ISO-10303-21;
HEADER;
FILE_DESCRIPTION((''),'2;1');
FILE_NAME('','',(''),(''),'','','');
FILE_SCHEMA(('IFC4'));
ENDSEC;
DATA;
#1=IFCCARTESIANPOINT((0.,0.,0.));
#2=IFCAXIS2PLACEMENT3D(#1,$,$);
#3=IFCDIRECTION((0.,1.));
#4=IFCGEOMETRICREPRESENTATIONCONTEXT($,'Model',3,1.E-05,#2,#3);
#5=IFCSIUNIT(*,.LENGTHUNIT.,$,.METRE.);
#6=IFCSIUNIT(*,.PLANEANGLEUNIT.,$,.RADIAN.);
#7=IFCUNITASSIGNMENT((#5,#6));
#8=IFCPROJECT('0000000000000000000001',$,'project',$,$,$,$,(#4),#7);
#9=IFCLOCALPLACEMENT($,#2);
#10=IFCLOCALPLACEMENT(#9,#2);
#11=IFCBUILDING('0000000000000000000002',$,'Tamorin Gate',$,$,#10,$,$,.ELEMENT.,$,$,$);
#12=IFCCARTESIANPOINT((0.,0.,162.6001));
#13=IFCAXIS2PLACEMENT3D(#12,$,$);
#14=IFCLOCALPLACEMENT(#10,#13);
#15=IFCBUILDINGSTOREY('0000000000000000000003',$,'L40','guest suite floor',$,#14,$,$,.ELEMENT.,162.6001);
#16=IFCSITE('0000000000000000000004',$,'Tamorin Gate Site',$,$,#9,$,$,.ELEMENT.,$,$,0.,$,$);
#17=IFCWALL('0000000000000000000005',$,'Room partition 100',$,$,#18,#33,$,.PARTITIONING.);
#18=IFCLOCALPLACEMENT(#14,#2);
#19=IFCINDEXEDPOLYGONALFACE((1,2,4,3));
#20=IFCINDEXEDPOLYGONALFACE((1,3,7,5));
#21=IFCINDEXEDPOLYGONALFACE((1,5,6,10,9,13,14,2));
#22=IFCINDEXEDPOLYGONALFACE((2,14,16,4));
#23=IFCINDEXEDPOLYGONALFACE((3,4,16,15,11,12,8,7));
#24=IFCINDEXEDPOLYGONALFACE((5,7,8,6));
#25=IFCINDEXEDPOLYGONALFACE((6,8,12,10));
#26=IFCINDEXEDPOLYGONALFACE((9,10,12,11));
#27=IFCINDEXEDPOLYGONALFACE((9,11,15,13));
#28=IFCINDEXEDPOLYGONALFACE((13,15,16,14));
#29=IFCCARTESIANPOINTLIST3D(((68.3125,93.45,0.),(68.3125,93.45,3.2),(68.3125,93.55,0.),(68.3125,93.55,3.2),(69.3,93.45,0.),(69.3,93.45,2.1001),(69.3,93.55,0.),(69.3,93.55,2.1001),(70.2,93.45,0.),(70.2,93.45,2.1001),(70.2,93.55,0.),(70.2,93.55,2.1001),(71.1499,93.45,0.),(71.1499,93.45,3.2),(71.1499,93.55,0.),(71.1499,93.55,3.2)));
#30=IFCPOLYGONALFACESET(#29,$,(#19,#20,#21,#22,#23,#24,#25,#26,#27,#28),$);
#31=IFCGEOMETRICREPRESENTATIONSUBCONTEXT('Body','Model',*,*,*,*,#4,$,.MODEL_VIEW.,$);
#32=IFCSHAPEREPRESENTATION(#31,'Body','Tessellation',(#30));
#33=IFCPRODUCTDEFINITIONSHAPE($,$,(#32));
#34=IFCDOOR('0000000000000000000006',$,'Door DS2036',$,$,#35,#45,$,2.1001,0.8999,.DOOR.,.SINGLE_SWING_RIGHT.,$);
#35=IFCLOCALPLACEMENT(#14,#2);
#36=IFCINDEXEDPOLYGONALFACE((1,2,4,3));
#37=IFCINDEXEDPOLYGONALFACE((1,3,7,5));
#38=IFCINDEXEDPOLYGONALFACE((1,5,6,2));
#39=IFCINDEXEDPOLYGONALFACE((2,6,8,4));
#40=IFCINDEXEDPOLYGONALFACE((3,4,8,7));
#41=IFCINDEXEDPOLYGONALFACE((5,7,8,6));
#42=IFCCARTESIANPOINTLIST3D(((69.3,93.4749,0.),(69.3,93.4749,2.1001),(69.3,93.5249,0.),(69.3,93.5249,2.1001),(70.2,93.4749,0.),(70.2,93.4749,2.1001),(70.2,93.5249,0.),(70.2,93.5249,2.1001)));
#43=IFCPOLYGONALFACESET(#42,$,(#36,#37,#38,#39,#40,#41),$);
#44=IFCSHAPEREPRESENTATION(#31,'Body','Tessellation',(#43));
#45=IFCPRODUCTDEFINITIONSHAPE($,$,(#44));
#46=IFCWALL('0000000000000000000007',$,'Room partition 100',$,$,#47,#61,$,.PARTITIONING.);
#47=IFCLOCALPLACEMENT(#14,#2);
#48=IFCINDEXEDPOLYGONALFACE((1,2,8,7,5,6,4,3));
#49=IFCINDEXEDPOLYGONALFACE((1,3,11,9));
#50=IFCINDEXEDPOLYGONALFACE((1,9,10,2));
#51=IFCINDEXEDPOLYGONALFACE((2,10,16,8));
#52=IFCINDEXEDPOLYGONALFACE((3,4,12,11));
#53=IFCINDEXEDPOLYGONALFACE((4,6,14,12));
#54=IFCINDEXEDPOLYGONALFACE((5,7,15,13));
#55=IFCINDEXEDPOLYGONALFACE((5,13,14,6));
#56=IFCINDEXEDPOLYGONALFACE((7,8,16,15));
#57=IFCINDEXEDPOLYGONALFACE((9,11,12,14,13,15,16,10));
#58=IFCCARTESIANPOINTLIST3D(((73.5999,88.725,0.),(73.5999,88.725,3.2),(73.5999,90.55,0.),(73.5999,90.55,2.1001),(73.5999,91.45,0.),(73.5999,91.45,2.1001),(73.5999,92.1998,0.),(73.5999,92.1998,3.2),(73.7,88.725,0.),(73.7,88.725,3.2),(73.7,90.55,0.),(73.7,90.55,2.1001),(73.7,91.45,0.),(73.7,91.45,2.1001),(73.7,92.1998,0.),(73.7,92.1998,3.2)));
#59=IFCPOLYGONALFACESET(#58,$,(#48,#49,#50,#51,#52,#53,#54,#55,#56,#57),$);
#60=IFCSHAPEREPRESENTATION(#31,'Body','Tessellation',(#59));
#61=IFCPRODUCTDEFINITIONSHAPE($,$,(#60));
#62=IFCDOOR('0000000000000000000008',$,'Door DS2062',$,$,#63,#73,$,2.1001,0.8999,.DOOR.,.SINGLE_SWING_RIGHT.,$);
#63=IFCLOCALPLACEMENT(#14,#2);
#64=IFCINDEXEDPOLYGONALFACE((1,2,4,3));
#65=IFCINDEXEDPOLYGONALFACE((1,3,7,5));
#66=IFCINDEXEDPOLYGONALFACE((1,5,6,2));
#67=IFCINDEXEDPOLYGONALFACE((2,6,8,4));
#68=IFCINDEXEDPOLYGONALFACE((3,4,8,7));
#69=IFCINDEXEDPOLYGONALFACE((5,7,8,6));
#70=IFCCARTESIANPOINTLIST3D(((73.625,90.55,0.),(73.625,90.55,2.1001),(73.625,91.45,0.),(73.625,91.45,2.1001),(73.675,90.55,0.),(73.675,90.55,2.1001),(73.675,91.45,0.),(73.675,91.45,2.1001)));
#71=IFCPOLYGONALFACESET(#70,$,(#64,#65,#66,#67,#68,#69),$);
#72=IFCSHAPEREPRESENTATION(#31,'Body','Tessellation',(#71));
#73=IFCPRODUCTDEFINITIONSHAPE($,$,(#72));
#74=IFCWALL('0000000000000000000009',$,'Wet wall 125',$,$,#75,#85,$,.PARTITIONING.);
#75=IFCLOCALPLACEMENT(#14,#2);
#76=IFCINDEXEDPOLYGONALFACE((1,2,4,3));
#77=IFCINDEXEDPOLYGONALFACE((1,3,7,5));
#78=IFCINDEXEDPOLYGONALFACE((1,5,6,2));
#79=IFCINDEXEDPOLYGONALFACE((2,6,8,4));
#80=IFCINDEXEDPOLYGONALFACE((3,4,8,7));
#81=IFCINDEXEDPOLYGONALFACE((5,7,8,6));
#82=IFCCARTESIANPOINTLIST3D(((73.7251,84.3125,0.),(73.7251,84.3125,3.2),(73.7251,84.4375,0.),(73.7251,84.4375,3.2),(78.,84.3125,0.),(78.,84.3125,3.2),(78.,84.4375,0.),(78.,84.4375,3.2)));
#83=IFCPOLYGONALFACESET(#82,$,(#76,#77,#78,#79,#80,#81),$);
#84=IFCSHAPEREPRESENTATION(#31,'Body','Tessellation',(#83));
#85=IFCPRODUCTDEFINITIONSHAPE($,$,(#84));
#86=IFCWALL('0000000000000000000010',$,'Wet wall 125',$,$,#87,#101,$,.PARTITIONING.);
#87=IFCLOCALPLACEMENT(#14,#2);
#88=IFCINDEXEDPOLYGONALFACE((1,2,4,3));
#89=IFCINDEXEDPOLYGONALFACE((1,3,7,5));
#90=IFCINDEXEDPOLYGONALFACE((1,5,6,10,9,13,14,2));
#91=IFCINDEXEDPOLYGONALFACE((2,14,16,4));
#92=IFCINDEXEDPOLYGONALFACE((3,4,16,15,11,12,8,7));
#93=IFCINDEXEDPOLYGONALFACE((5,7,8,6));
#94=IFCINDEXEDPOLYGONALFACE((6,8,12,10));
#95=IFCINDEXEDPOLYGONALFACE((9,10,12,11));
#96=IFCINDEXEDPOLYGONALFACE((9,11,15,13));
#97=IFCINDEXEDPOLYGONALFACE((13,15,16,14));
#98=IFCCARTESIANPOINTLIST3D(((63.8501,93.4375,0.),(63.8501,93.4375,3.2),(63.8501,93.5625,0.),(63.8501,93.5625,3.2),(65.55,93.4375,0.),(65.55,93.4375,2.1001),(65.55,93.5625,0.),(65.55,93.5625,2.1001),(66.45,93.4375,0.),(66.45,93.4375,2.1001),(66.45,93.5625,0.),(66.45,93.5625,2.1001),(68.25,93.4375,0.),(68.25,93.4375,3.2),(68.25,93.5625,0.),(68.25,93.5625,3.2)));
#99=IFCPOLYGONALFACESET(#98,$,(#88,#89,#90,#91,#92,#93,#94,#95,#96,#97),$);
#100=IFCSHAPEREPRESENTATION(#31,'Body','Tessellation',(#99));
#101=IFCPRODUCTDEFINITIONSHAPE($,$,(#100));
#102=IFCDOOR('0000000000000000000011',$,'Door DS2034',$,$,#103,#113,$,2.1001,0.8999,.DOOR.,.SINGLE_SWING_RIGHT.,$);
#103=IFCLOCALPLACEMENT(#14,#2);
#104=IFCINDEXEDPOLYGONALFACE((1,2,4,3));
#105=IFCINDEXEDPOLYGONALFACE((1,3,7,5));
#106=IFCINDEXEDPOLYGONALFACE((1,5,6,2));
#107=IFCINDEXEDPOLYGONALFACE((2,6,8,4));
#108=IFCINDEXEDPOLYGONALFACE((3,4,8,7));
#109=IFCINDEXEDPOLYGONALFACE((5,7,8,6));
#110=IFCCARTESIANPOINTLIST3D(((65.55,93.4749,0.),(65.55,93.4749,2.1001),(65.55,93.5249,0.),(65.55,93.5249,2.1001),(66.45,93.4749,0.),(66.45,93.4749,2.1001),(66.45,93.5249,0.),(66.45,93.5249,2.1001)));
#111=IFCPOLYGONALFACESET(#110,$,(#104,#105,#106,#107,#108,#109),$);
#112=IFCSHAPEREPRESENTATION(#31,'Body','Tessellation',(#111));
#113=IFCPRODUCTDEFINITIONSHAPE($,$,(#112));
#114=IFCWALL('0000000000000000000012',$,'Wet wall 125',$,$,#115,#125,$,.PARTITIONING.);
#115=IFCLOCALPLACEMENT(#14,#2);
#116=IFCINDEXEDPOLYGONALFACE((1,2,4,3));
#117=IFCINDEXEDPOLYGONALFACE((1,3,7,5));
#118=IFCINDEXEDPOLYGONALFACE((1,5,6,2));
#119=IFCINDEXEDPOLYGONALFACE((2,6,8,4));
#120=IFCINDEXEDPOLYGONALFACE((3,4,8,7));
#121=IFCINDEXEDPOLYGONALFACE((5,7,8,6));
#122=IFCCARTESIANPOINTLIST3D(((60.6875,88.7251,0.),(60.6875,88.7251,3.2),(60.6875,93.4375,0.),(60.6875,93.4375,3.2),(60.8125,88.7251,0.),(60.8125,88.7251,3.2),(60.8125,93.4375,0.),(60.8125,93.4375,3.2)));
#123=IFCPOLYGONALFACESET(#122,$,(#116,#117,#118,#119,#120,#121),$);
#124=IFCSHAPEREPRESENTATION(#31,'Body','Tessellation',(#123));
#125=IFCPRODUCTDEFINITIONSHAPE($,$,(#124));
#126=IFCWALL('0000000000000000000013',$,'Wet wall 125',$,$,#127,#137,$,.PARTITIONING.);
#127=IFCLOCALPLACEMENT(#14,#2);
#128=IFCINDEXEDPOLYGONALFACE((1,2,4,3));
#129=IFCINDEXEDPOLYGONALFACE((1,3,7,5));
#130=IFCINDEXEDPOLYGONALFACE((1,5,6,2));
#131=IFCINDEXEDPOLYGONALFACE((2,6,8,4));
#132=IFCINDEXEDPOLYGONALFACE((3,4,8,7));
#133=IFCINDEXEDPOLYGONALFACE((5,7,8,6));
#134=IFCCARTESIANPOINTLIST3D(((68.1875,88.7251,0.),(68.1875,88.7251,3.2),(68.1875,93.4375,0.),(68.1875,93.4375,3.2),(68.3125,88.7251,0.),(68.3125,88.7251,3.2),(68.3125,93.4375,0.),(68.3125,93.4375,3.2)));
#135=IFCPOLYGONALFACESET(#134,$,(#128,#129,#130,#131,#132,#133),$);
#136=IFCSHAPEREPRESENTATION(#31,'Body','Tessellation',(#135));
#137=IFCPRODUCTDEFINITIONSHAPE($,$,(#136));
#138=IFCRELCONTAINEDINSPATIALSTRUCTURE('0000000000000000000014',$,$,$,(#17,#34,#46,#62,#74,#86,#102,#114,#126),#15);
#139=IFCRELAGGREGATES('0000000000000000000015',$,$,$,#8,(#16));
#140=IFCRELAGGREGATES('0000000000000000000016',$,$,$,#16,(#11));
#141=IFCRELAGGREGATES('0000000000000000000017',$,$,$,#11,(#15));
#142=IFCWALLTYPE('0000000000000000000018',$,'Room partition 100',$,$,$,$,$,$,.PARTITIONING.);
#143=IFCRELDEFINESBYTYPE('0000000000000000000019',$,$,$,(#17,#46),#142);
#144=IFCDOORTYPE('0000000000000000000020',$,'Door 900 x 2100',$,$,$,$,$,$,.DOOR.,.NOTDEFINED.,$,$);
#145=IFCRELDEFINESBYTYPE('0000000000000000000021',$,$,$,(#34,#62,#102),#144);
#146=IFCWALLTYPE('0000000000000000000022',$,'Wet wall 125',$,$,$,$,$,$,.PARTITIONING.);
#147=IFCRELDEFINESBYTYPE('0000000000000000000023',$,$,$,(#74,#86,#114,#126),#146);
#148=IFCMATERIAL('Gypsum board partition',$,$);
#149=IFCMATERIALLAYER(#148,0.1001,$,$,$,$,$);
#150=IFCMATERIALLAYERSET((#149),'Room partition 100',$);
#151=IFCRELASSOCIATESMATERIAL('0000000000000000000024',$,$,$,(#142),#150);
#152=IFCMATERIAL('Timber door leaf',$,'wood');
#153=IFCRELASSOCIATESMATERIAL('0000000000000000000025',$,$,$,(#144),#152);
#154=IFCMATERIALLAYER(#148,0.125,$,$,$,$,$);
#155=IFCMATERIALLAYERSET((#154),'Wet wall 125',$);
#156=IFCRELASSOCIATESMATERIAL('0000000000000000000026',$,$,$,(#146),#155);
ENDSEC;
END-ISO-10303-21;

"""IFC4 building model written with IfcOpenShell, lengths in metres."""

from ifc_helpers import new_model, si_unit, direction, frame, frame_2d, origin, place, context, subcontext, project, spatial, rectangle, extrude, material, layer, layer_set, type_object, element, fill, save


model = new_model("IFC4")

# Units and contexts
model_context = context("Model", 3, precision=1e-05, world=origin(), true_north=direction((0.0, 1.0)))
body_context = subcontext(model_context, "Body", "Model", "MODEL_VIEW")
ifc_project = project(units=[si_unit("LENGTHUNIT", "METRE"), si_unit("PLANEANGLEUNIT", "RADIAN")], contexts=[model_context])

# Site, building, storey
site_placement = place(None, origin())
site = spatial("IfcSite", under=ifc_project, at=site_placement, Name="Tamorin Gate Site", CompositionType="ELEMENT", RefElevation=0.0)
building_placement = place(site_placement, origin())
building = spatial("IfcBuilding", under=site, at=building_placement, Name="Tamorin Gate", CompositionType="ELEMENT")
storey_placement = place(building_placement, frame((0.0, 0.0, 162.6001)))
storey = spatial("IfcBuildingStorey", under=building, at=storey_placement, Name="L40", Description="guest suite floor", CompositionType="ELEMENT", Elevation=162.6001)

# Shared definitions
ifc_material_1 = material(Name="Gypsum board partition")

# Walls, openings, doors
ifc_layer_1 = layer(ifc_material_1, 0.1001)
ifc_layer_set_1 = layer_set([ifc_layer_1], Name="Room partition 100")
wall_type_1 = type_object("IfcWallType", Name="Room partition 100", PredefinedType="PARTITIONING", material=ifc_layer_set_1)
ifc_material_2 = material(Name="Timber door leaf", Category="wood")
door_type = type_object("IfcDoorType", Name="Door 900 x 2100", OperationType="NOTDEFINED", PredefinedType="DOOR", material=ifc_material_2)
wall_1_placement = place(storey_placement, frame((68.3125, 93.5, 0.0), z_axis=(0.0, 0.0, 1.0), x_axis=(1.0, 0.0, 0.0)))
wall_1 = element("IfcWall", 1, at=wall_1_placement, inside=storey, type_object=wall_type_1, Name="Room partition 100", PredefinedType="PARTITIONING", context=body_context, shape_type="SweptSolid", body=[
    extrude(rectangle(XDim=2.8374, YDim=0.1001, at=frame_2d((1.4187, 0.0))), origin(), (0.0, 0.0, 1.0), 3.2),
])
opening_1_placement = place(wall_1_placement, frame((0.9875, 0.0, 0.0)))
opening_1 = element("IfcOpeningElement", 2, at=opening_1_placement, cuts=wall_1, PredefinedType="OPENING", context=body_context, shape_type="SweptSolid", body=[
    extrude(rectangle(XDim=0.8999, YDim=2.1001, at=frame_2d((0.45, 1.05))), frame((0.0, 0.0601, 0.0), z_axis=(0.0, -1.0, 0.0), x_axis=(1.0, 0.0, 0.0)), (0.0, 0.0, 1.0), 0.1201),
])
door_1_placement = place(opening_1_placement, origin())
door_1 = element("IfcDoor", 3, at=door_1_placement, inside=storey, type_object=door_type, Name="Door DS2036", OperationType="SINGLE_SWING_RIGHT", OverallHeight=2.1001, OverallWidth=0.8999, PredefinedType="DOOR", context=body_context, shape_type="SweptSolid", body=[
    extrude(rectangle(XDim=0.8999, YDim=2.1001, at=frame_2d((0.45, 1.05))), frame((0.0, 0.0249, 0.0), z_axis=(0.0, -1.0, 0.0), x_axis=(1.0, 0.0, 0.0)), (0.0, 0.0, 1.0), 0.05),
])
fill(opening_1, door_1)
wall_2_placement = place(storey_placement, frame((73.6499, 88.7251, 0.0), z_axis=(0.0, 0.0, 1.0), x_axis=(0.0, 1.0, 0.0)))
wall_2 = element("IfcWall", 4, at=wall_2_placement, inside=storey, type_object=wall_type_1, Name="Room partition 100", PredefinedType="PARTITIONING", context=body_context, shape_type="SweptSolid", body=[
    extrude(rectangle(XDim=3.4749, YDim=0.1001, at=frame_2d((1.7373, 0.0))), origin(), (0.0, 0.0, 1.0), 3.2),
])
opening_2_placement = place(wall_2_placement, frame((1.825, 0.0, 0.0)))
opening_2 = element("IfcOpeningElement", 5, at=opening_2_placement, cuts=wall_2, PredefinedType="OPENING", context=body_context, shape_type="SweptSolid", body=[
    extrude(rectangle(XDim=0.8999, YDim=2.1001, at=frame_2d((0.45, 1.05))), frame((0.0, 0.0601, 0.0), z_axis=(0.0, -1.0, 0.0), x_axis=(1.0, 0.0, 0.0)), (0.0, 0.0, 1.0), 0.1201),
])
door_2_placement = place(opening_2_placement, origin())
door_2 = element("IfcDoor", 6, at=door_2_placement, inside=storey, type_object=door_type, Name="Door DS2062", OperationType="SINGLE_SWING_RIGHT", OverallHeight=2.1001, OverallWidth=0.8999, PredefinedType="DOOR", context=body_context, shape_type="SweptSolid", body=[
    extrude(rectangle(XDim=0.8999, YDim=2.1001, at=frame_2d((0.45, 1.05))), frame((0.0, 0.0249, 0.0), z_axis=(0.0, -1.0, 0.0), x_axis=(1.0, 0.0, 0.0)), (0.0, 0.0, 1.0), 0.05),
])
fill(opening_2, door_2)

# Wall
ifc_layer_2 = layer(ifc_material_1, 0.125)
ifc_layer_set_2 = layer_set([ifc_layer_2], Name="Wet wall 125")
wall_type_2 = type_object("IfcWallType", Name="Wet wall 125", PredefinedType="PARTITIONING", material=ifc_layer_set_2)
wall_3_placement = place(storey_placement, frame((73.7251, 84.375, 0.0), z_axis=(0.0, 0.0, 1.0), x_axis=(1.0, 0.0, 0.0)))
element("IfcWall", 7, at=wall_3_placement, inside=storey, type_object=wall_type_2, Name="Wet wall 125", PredefinedType="PARTITIONING", context=body_context, shape_type="SweptSolid", body=[
    extrude(rectangle(XDim=4.2749, YDim=0.125, at=frame_2d((2.1375, 0.0))), origin(), (0.0, 0.0, 1.0), 3.2),
])

# Wall, opening, door
wall_4_placement = place(storey_placement, frame((63.8501, 93.5, 0.0), z_axis=(0.0, 0.0, 1.0), x_axis=(1.0, 0.0, 0.0)))
wall_4 = element("IfcWall", 8, at=wall_4_placement, inside=storey, type_object=wall_type_2, Name="Wet wall 125", PredefinedType="PARTITIONING", context=body_context, shape_type="SweptSolid", body=[
    extrude(rectangle(XDim=4.3999, YDim=0.125, at=frame_2d((2.2, 0.0))), origin(), (0.0, 0.0, 1.0), 3.2),
])
opening_3_placement = place(wall_4_placement, frame((1.7, 0.0, 0.0)))
opening_3 = element("IfcOpeningElement", 9, at=opening_3_placement, cuts=wall_4, PredefinedType="OPENING", context=body_context, shape_type="SweptSolid", body=[
    extrude(rectangle(XDim=0.8999, YDim=2.1001, at=frame_2d((0.45, 1.05))), frame((0.0, 0.0725, 0.0), z_axis=(0.0, -1.0, 0.0), x_axis=(1.0, 0.0, 0.0)), (0.0, 0.0, 1.0), 0.145),
])
door_3_placement = place(opening_3_placement, origin())
door_3 = element("IfcDoor", 10, at=door_3_placement, inside=storey, type_object=door_type, Name="Door DS2034", OperationType="SINGLE_SWING_RIGHT", OverallHeight=2.1001, OverallWidth=0.8999, PredefinedType="DOOR", context=body_context, shape_type="SweptSolid", body=[
    extrude(rectangle(XDim=0.8999, YDim=2.1001, at=frame_2d((0.45, 1.05))), frame((0.0, 0.0249, 0.0), z_axis=(0.0, -1.0, 0.0), x_axis=(1.0, 0.0, 0.0)), (0.0, 0.0, 1.0), 0.05),
])
fill(opening_3, door_3)

# Walls
for number, where, z_axis, x_axis, name in (
    (11, (60.75, 88.7251, 0.0), (0.0, 0.0, 1.0), (0.0, 1.0, 0.0), "Wet wall 125"),
    (12, (68.25, 88.7251, 0.0), (0.0, 0.0, 1.0), (0.0, 1.0, 0.0), "Wet wall 125"),
):
    element("IfcWall", number, at=place(storey_placement, frame(where, z_axis=z_axis, x_axis=x_axis)), inside=storey, type_object=wall_type_2, Name=name, PredefinedType="PARTITIONING", context=body_context, shape_type="SweptSolid", body=[
        extrude(rectangle(XDim=4.7124, YDim=0.125, at=frame_2d((2.3562, 0.0))), origin(), (0.0, 0.0, 1.0), 3.2),
    ])

save(model, "model.ifc")
